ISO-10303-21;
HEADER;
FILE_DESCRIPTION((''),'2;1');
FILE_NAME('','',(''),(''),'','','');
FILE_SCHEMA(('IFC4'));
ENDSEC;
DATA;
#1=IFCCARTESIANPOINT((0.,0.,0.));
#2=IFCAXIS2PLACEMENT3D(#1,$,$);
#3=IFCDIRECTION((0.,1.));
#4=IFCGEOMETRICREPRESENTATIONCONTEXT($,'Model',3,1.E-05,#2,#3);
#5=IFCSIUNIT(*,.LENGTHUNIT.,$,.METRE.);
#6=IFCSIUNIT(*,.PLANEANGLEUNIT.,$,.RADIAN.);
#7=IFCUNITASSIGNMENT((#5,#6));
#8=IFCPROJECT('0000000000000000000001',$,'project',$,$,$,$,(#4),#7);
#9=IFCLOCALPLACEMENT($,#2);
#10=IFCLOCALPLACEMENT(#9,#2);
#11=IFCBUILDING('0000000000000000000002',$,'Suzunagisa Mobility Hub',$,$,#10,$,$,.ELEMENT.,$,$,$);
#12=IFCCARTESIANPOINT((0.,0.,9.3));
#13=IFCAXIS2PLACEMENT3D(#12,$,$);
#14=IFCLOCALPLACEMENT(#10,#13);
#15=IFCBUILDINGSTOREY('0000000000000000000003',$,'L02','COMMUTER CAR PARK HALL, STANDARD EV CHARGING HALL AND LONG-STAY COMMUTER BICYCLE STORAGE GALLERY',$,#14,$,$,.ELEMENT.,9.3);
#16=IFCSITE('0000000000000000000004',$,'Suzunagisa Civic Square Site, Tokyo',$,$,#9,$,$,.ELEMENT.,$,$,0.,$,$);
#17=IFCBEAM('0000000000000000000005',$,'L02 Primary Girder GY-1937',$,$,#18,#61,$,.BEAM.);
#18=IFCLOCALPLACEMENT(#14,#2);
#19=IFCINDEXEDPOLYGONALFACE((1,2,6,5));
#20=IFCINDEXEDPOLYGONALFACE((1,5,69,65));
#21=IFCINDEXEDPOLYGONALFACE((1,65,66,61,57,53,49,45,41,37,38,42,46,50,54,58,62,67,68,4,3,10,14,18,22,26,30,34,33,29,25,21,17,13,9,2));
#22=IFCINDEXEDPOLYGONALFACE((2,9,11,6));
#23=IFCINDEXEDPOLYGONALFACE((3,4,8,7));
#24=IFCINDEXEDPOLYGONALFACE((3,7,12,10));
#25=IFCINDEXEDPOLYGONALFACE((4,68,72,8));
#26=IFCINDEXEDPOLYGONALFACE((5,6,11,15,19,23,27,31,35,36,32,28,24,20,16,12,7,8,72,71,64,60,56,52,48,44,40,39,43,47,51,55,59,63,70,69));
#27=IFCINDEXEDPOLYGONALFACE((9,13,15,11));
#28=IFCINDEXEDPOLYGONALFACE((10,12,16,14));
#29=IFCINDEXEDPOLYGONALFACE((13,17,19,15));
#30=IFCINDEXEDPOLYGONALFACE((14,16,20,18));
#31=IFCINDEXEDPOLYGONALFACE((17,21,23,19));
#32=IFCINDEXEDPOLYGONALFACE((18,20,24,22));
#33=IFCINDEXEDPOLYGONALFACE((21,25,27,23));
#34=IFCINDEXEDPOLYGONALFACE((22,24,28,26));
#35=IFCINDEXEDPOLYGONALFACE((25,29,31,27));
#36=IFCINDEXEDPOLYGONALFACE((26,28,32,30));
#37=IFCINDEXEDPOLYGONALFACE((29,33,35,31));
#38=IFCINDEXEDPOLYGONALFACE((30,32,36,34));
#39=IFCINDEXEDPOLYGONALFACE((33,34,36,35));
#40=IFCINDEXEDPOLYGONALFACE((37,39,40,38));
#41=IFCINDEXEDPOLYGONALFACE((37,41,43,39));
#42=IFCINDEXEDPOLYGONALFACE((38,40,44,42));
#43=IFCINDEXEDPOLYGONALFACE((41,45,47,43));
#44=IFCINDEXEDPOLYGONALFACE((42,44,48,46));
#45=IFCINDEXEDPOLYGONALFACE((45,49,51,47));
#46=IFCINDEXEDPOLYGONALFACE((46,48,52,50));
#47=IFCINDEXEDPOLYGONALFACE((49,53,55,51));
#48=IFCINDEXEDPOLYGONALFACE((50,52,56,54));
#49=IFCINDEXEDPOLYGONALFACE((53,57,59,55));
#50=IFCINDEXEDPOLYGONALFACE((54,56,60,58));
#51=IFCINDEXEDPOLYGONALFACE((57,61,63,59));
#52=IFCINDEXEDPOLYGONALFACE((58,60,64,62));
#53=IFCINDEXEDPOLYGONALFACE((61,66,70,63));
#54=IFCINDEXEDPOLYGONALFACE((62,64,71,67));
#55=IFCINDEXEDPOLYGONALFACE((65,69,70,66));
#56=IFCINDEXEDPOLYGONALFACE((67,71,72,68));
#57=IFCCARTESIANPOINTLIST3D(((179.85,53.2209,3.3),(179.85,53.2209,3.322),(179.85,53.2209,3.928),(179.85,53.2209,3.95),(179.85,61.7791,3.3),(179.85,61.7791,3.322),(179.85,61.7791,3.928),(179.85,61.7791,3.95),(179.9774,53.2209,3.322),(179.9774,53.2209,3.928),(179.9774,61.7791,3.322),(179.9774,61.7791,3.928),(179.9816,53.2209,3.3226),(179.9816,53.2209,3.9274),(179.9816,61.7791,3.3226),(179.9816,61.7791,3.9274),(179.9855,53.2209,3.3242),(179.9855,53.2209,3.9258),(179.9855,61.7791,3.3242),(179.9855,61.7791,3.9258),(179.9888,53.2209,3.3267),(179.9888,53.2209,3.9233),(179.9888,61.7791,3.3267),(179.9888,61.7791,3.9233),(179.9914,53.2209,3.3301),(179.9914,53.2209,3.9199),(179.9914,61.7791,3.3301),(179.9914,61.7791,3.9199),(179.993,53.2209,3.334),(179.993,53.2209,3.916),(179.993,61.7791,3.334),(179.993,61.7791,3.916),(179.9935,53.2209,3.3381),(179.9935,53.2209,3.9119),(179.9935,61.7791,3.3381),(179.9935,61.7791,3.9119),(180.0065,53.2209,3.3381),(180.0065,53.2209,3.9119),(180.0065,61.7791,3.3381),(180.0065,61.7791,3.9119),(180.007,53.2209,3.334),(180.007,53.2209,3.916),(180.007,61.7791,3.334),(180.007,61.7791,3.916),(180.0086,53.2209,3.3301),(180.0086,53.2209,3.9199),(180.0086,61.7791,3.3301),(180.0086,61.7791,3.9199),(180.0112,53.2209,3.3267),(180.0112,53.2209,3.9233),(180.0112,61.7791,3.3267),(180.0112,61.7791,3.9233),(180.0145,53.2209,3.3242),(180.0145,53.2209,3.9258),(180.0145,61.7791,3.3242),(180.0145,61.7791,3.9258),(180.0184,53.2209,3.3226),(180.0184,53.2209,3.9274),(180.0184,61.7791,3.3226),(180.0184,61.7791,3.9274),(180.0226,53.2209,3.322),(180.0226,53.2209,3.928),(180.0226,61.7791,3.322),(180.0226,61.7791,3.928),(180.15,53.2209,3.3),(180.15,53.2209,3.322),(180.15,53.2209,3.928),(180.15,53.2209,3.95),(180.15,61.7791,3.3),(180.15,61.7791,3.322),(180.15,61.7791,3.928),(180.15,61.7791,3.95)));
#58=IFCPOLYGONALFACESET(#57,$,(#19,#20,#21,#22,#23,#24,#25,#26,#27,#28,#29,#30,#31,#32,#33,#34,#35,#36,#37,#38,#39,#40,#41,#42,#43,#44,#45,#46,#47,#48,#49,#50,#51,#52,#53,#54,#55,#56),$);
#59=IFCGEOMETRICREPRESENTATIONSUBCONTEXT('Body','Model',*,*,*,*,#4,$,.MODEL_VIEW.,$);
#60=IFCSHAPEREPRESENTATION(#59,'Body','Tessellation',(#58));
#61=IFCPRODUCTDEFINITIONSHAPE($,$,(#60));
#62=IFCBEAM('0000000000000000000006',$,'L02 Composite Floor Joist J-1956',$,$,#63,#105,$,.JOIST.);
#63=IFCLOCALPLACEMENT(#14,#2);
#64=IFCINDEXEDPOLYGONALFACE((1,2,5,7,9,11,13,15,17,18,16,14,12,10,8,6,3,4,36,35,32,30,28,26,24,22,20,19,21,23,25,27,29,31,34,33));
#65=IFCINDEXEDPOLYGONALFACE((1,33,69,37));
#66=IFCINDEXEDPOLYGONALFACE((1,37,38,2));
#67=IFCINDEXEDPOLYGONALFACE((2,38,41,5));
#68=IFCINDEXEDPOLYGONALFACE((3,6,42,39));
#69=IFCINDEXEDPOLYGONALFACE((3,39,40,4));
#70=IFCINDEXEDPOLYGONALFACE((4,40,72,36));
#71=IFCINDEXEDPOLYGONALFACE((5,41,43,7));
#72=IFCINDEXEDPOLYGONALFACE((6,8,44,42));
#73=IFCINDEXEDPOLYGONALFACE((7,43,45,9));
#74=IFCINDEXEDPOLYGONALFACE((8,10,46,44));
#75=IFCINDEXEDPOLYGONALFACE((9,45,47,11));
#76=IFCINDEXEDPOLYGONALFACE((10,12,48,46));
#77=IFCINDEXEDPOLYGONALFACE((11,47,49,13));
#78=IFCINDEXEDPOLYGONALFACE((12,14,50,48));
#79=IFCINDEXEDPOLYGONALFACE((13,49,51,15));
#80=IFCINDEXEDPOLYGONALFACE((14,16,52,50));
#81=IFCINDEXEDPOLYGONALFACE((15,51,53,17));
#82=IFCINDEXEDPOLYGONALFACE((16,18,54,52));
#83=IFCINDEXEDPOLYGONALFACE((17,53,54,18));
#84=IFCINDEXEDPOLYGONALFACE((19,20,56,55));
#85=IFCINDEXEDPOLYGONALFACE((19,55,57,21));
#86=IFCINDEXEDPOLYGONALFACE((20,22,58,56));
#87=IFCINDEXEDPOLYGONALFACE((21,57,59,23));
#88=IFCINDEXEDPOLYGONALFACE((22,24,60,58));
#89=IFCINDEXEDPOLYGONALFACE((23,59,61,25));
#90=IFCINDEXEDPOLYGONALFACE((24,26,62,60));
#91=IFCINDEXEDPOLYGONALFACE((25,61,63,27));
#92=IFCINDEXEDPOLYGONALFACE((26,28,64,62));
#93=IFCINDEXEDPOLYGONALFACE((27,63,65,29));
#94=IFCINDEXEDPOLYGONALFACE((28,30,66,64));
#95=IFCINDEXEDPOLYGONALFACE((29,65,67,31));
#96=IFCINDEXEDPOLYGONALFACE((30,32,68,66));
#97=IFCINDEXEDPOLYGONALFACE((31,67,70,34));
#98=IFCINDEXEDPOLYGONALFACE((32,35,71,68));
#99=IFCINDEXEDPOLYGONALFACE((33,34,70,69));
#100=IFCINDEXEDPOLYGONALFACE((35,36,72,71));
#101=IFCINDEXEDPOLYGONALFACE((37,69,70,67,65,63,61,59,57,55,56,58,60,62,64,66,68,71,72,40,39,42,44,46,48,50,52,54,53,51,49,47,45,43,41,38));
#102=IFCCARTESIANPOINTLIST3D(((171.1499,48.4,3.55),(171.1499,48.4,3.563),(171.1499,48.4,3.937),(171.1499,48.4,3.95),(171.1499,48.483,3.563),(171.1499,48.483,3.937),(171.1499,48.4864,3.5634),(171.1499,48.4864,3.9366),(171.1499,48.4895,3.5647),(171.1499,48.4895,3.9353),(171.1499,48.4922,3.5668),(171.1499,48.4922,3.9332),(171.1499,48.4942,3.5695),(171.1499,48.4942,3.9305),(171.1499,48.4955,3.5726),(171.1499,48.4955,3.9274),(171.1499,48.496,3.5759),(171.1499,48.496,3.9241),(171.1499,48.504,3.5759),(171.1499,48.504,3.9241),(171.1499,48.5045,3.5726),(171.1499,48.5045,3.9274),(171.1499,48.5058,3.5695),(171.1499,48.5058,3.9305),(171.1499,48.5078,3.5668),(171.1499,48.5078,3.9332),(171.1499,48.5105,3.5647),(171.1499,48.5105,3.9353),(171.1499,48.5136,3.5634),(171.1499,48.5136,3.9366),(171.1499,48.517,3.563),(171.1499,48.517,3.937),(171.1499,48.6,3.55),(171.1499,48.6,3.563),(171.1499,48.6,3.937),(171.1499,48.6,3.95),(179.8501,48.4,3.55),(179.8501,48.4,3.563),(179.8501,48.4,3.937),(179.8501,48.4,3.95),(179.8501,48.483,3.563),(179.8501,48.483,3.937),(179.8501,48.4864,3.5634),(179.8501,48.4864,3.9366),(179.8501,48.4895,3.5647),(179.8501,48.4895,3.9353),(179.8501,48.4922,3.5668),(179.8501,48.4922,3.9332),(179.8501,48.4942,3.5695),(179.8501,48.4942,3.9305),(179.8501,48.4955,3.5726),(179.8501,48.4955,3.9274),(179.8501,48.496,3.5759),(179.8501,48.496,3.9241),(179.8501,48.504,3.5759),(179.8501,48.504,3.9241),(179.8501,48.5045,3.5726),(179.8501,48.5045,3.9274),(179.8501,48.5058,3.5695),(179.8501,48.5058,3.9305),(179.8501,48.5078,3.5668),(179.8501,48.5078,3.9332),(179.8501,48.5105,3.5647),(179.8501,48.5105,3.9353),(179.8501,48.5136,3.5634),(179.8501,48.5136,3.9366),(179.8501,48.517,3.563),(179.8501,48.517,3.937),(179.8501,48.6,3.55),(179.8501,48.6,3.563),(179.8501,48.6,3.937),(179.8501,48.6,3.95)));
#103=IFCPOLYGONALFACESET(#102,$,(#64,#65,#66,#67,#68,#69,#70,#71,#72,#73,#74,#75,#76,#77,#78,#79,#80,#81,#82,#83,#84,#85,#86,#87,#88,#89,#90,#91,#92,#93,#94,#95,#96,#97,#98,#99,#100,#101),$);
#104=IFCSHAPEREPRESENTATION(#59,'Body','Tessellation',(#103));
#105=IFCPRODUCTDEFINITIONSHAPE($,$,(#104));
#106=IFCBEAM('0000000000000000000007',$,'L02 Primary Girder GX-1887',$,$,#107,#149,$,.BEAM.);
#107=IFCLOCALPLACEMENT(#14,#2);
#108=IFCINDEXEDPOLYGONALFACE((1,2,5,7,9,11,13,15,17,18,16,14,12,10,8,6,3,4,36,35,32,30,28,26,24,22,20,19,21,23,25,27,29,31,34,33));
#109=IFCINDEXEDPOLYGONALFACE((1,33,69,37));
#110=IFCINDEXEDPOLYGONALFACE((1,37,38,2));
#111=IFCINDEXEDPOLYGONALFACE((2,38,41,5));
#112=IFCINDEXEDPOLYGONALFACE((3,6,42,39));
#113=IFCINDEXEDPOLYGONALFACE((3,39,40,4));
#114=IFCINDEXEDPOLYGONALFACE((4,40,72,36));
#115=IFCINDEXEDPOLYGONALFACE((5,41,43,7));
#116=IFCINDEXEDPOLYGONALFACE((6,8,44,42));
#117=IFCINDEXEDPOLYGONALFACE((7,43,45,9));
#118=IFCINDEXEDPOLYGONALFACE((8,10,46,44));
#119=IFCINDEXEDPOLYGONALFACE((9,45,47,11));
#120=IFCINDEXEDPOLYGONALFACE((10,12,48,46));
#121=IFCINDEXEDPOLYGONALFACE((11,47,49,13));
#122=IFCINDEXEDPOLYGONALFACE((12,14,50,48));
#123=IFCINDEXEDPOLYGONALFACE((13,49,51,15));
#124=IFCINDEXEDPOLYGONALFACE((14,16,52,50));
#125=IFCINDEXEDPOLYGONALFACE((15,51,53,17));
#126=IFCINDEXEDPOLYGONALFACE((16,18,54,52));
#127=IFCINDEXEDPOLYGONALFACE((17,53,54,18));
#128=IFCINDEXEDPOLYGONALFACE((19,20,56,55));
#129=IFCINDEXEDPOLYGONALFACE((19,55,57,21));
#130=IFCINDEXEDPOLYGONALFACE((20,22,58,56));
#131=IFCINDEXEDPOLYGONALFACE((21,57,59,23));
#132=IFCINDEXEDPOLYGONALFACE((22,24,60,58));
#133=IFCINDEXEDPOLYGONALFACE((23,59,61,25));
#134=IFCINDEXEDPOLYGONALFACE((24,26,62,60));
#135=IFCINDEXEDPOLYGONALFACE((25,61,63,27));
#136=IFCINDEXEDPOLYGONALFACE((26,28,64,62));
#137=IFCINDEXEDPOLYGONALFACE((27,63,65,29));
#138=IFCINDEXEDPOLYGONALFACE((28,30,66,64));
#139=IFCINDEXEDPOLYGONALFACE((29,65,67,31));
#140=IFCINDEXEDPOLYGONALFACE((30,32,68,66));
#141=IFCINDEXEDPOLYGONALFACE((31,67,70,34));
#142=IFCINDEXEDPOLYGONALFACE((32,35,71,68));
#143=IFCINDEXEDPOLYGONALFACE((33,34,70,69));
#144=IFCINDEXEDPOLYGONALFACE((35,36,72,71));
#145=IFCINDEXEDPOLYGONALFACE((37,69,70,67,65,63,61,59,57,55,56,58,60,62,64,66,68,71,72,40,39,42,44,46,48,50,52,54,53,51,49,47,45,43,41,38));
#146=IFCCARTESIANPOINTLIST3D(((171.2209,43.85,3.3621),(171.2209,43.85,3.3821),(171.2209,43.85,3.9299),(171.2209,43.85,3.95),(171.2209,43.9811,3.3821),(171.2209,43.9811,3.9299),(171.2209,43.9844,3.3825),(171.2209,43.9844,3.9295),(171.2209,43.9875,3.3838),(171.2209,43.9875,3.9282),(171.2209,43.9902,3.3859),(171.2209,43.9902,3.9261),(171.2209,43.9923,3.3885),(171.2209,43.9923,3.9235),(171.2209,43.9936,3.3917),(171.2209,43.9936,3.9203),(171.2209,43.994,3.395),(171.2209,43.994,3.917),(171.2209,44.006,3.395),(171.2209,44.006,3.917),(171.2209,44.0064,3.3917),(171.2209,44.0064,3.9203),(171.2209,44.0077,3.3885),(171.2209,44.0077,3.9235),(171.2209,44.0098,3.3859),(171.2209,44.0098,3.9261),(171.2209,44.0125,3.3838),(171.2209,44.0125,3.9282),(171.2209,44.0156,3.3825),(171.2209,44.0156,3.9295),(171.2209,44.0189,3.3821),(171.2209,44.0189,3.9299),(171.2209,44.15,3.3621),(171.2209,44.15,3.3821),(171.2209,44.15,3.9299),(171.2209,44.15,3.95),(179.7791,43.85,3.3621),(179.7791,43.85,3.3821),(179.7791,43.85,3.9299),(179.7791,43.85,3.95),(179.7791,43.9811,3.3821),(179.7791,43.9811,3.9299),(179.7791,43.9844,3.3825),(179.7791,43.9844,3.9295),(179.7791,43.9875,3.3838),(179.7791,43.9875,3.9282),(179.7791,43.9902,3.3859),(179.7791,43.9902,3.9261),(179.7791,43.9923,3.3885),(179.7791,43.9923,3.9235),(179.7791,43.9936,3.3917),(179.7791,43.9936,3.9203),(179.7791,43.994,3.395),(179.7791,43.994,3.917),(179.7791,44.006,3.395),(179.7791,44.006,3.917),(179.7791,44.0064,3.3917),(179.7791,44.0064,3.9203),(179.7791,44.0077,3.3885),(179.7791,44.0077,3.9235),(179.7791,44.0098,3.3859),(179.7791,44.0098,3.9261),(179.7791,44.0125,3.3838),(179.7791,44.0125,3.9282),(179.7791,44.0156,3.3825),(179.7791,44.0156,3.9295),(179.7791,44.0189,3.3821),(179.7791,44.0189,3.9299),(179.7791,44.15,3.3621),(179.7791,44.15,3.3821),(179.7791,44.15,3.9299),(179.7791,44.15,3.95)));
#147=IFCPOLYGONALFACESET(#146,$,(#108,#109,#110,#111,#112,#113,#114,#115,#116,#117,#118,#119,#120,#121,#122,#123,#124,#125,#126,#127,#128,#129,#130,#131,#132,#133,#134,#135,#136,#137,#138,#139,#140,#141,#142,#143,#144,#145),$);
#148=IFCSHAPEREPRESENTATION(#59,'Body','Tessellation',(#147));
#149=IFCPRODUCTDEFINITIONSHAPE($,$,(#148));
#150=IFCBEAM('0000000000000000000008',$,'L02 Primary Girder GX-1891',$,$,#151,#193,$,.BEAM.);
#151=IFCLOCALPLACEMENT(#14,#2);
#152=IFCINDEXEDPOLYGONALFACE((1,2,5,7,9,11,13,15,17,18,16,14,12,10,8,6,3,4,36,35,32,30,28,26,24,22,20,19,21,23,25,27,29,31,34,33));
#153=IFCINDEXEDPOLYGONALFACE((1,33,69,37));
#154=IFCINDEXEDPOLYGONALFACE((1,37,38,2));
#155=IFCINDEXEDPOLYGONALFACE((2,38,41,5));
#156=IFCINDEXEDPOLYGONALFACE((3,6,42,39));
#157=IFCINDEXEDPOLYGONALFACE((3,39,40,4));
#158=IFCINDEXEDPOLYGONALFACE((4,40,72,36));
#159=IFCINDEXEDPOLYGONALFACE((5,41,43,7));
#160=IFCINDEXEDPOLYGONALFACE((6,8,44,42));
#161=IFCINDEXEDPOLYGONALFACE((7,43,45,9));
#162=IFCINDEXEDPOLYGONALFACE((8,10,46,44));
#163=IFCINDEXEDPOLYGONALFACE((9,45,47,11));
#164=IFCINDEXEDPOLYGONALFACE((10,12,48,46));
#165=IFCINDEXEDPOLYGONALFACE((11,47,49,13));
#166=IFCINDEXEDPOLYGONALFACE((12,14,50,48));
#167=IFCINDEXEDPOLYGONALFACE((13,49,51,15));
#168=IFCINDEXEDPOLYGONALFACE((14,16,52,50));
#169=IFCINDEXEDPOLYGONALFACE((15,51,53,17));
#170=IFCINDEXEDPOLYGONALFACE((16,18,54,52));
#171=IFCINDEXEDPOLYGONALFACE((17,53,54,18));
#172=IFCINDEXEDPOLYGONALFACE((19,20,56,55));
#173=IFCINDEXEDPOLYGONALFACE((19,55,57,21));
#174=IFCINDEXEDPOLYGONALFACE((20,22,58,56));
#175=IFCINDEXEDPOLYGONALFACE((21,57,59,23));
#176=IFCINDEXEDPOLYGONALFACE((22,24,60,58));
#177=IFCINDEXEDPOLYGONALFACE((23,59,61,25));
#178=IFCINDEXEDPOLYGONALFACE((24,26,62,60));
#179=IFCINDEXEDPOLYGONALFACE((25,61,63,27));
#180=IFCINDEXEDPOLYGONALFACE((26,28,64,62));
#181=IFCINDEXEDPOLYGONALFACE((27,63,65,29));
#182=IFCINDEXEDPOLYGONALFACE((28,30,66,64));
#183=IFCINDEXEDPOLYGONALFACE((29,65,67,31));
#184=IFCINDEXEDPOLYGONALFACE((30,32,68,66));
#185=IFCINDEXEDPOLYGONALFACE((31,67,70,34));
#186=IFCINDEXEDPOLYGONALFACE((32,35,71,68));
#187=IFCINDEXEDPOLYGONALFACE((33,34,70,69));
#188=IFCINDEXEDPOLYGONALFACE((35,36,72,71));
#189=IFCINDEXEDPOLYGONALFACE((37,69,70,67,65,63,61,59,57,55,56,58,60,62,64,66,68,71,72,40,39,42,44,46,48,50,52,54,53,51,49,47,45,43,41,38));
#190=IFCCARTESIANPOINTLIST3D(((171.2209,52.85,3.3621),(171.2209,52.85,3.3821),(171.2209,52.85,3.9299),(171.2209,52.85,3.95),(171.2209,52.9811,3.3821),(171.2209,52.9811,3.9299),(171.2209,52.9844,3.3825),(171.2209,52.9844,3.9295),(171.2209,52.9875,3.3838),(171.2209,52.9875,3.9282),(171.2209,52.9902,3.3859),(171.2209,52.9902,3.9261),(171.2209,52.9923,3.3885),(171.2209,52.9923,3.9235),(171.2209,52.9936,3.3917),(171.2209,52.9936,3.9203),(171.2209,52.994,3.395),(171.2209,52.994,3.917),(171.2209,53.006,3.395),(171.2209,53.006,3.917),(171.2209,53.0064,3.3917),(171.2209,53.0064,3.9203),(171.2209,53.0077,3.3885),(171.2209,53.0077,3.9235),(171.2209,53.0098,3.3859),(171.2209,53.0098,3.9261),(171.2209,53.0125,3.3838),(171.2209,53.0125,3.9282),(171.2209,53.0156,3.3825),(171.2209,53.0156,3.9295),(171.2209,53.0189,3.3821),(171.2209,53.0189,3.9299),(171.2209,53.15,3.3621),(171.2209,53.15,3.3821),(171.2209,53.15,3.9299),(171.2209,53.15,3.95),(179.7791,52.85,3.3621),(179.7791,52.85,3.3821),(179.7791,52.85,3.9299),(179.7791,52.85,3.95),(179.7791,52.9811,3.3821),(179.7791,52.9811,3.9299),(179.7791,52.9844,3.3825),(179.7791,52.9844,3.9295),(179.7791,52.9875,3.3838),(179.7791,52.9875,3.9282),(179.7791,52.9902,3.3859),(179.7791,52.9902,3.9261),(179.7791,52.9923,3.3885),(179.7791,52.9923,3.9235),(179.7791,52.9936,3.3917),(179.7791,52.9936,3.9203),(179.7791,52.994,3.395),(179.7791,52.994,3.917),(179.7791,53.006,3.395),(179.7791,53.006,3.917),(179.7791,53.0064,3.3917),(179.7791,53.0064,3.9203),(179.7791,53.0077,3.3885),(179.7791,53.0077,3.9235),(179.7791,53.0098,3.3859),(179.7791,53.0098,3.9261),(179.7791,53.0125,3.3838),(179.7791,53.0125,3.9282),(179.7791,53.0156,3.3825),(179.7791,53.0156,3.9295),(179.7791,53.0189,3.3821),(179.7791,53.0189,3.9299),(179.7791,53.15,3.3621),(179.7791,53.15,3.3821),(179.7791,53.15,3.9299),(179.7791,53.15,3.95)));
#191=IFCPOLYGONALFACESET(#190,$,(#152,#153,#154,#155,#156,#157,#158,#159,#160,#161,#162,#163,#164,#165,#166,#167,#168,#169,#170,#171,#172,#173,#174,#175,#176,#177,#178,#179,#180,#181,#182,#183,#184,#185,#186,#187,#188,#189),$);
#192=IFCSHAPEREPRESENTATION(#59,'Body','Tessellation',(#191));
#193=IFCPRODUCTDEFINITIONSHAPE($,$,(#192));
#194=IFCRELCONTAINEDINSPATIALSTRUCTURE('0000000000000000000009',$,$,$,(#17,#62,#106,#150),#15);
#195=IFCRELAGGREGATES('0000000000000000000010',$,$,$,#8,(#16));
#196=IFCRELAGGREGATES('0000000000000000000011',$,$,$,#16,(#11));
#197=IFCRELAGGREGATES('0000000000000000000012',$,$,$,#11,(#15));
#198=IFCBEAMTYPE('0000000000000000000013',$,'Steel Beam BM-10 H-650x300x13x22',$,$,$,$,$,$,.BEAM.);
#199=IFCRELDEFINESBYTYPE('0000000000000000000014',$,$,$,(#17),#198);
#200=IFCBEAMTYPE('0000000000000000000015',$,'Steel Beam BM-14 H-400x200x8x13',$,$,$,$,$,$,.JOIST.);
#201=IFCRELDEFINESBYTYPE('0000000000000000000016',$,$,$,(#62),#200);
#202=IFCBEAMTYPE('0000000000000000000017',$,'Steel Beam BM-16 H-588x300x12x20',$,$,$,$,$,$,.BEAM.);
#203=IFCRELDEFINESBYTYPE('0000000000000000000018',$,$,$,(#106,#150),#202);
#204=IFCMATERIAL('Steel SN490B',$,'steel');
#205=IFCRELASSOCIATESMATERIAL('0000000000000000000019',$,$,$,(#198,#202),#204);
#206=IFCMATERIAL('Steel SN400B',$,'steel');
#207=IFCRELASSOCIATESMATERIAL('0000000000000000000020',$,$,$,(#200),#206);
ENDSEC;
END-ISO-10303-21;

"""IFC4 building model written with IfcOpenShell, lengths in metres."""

from ifc_helpers import new_model, si_unit, direction, frame, origin, origin_2d, place, context, subcontext, project, spatial, i_section, extrude, material, material_profile, profile_set, type_object, element, save


model = new_model("IFC4")

# Units and contexts
model_context = context("Model", 3, precision=1e-05, world=origin(), true_north=direction((0.0, 1.0)))
body_context = subcontext(model_context, "Body", "Model", "MODEL_VIEW")
ifc_project = project(units=[si_unit("LENGTHUNIT", "METRE"), si_unit("PLANEANGLEUNIT", "RADIAN")], contexts=[model_context])

# Site, building, storey
site_placement = place(None, origin())
site = spatial("IfcSite", under=ifc_project, at=site_placement, Name="Suzunagisa Civic Square Site, Tokyo", CompositionType="ELEMENT", RefElevation=0.0)
building_placement = place(site_placement, origin())
building = spatial("IfcBuilding", under=site, at=building_placement, Name="Suzunagisa Mobility Hub", CompositionType="ELEMENT")
storey_placement = place(building_placement, frame((0.0, 0.0, 9.3)))
storey = spatial("IfcBuildingStorey", under=building, at=storey_placement, Name="L02", Description="COMMUTER CAR PARK HALL, STANDARD EV CHARGING HALL AND LONG-STAY COMMUTER BICYCLE STORAGE GALLERY", CompositionType="ELEMENT", Elevation=9.3)

# Shared definitions
ifc_material_1 = material(Name="Steel SN490B", Category="steel")

# Beams
ifc_material_profile_1 = material_profile(ifc_material_1, i_section(OverallWidth=0.3, OverallDepth=0.6499, WebThickness=0.0129, FlangeThickness=0.022, FilletRadius=0.0161, at=origin_2d()), Name="H-650x300x13x22")
ifc_profile_set_1 = profile_set([ifc_material_profile_1], Name="Steel SN490B")
beam_type_1 = type_object("IfcBeamType", Name="Steel Beam BM-10 H-650x300x13x22", PredefinedType="BEAM", material=ifc_profile_set_1)
for number, where, z_axis, x_axis, name in (
    (1, (180.0, 53.2209, 3.625), (0.0, 1.0, 0.0), (-1.0, 0.0, 0.0), "L02 Primary Girder GY-1937"),
):
    element("IfcBeam", number, at=place(storey_placement, frame(where, z_axis=z_axis, x_axis=x_axis)), inside=storey, type_object=beam_type_1, Name=name, PredefinedType="BEAM", context=body_context, shape_type="SweptSolid", body=[
        extrude(i_section(OverallWidth=0.3, OverallDepth=0.6499, WebThickness=0.0129, FlangeThickness=0.022, FilletRadius=0.0161, at=origin_2d()), origin(), (0.0, 0.0, 1.0), 8.5581),
    ])
ifc_material_2 = material(Name="Steel SN400B", Category="steel")
ifc_material_profile_2 = material_profile(ifc_material_2, i_section(OverallWidth=0.2, OverallDepth=0.3999, WebThickness=0.0081, FlangeThickness=0.0129, FilletRadius=0.0129, at=origin_2d()), Name="H-400x200x8x13")
ifc_profile_set_2 = profile_set([ifc_material_profile_2], Name="Steel SN400B")
beam_type_2 = type_object("IfcBeamType", Name="Steel Beam BM-14 H-400x200x8x13", PredefinedType="JOIST", material=ifc_profile_set_2)
beam_placement = place(storey_placement, frame((171.1499, 48.5, 3.75), z_axis=(1.0, 0.0, 0.0), x_axis=(0.0, 1.0, 0.0)))
element("IfcBeam", 2, at=beam_placement, inside=storey, type_object=beam_type_2, Name="L02 Composite Floor Joist J-1956", PredefinedType="JOIST", context=body_context, shape_type="SweptSolid", body=[
    extrude(i_section(OverallWidth=0.2, OverallDepth=0.3999, WebThickness=0.0081, FlangeThickness=0.0129, FilletRadius=0.0129, at=origin_2d()), origin(), (0.0, 0.0, 1.0), 8.7002),
])
ifc_material_profile_3 = material_profile(ifc_material_1, i_section(OverallWidth=0.3, OverallDepth=0.5879, WebThickness=0.012, FlangeThickness=0.02, FilletRadius=0.0129, at=origin_2d()), Name="H-588x300x12x20")
ifc_profile_set_3 = profile_set([ifc_material_profile_3], Name="Steel SN490B")
beam_type_3 = type_object("IfcBeamType", Name="Steel Beam BM-16 H-588x300x12x20", PredefinedType="BEAM", material=ifc_profile_set_3)
for number, where, z_axis, x_axis, name in (
    (3, (171.2209, 44.0, 3.656), (1.0, 0.0, 0.0), (0.0, 1.0, 0.0), "L02 Primary Girder GX-1887"),
    (4, (171.2209, 53.0, 3.656), (1.0, 0.0, 0.0), (0.0, 1.0, 0.0), "L02 Primary Girder GX-1891"),
):
    element("IfcBeam", number, at=place(storey_placement, frame(where, z_axis=z_axis, x_axis=x_axis)), inside=storey, type_object=beam_type_3, Name=name, PredefinedType="BEAM", context=body_context, shape_type="SweptSolid", body=[
        extrude(i_section(OverallWidth=0.3, OverallDepth=0.5879, WebThickness=0.012, FlangeThickness=0.02, FilletRadius=0.0129, at=origin_2d()), origin(), (0.0, 0.0, 1.0), 8.5581),
    ])

save(model, "model.ifc")
